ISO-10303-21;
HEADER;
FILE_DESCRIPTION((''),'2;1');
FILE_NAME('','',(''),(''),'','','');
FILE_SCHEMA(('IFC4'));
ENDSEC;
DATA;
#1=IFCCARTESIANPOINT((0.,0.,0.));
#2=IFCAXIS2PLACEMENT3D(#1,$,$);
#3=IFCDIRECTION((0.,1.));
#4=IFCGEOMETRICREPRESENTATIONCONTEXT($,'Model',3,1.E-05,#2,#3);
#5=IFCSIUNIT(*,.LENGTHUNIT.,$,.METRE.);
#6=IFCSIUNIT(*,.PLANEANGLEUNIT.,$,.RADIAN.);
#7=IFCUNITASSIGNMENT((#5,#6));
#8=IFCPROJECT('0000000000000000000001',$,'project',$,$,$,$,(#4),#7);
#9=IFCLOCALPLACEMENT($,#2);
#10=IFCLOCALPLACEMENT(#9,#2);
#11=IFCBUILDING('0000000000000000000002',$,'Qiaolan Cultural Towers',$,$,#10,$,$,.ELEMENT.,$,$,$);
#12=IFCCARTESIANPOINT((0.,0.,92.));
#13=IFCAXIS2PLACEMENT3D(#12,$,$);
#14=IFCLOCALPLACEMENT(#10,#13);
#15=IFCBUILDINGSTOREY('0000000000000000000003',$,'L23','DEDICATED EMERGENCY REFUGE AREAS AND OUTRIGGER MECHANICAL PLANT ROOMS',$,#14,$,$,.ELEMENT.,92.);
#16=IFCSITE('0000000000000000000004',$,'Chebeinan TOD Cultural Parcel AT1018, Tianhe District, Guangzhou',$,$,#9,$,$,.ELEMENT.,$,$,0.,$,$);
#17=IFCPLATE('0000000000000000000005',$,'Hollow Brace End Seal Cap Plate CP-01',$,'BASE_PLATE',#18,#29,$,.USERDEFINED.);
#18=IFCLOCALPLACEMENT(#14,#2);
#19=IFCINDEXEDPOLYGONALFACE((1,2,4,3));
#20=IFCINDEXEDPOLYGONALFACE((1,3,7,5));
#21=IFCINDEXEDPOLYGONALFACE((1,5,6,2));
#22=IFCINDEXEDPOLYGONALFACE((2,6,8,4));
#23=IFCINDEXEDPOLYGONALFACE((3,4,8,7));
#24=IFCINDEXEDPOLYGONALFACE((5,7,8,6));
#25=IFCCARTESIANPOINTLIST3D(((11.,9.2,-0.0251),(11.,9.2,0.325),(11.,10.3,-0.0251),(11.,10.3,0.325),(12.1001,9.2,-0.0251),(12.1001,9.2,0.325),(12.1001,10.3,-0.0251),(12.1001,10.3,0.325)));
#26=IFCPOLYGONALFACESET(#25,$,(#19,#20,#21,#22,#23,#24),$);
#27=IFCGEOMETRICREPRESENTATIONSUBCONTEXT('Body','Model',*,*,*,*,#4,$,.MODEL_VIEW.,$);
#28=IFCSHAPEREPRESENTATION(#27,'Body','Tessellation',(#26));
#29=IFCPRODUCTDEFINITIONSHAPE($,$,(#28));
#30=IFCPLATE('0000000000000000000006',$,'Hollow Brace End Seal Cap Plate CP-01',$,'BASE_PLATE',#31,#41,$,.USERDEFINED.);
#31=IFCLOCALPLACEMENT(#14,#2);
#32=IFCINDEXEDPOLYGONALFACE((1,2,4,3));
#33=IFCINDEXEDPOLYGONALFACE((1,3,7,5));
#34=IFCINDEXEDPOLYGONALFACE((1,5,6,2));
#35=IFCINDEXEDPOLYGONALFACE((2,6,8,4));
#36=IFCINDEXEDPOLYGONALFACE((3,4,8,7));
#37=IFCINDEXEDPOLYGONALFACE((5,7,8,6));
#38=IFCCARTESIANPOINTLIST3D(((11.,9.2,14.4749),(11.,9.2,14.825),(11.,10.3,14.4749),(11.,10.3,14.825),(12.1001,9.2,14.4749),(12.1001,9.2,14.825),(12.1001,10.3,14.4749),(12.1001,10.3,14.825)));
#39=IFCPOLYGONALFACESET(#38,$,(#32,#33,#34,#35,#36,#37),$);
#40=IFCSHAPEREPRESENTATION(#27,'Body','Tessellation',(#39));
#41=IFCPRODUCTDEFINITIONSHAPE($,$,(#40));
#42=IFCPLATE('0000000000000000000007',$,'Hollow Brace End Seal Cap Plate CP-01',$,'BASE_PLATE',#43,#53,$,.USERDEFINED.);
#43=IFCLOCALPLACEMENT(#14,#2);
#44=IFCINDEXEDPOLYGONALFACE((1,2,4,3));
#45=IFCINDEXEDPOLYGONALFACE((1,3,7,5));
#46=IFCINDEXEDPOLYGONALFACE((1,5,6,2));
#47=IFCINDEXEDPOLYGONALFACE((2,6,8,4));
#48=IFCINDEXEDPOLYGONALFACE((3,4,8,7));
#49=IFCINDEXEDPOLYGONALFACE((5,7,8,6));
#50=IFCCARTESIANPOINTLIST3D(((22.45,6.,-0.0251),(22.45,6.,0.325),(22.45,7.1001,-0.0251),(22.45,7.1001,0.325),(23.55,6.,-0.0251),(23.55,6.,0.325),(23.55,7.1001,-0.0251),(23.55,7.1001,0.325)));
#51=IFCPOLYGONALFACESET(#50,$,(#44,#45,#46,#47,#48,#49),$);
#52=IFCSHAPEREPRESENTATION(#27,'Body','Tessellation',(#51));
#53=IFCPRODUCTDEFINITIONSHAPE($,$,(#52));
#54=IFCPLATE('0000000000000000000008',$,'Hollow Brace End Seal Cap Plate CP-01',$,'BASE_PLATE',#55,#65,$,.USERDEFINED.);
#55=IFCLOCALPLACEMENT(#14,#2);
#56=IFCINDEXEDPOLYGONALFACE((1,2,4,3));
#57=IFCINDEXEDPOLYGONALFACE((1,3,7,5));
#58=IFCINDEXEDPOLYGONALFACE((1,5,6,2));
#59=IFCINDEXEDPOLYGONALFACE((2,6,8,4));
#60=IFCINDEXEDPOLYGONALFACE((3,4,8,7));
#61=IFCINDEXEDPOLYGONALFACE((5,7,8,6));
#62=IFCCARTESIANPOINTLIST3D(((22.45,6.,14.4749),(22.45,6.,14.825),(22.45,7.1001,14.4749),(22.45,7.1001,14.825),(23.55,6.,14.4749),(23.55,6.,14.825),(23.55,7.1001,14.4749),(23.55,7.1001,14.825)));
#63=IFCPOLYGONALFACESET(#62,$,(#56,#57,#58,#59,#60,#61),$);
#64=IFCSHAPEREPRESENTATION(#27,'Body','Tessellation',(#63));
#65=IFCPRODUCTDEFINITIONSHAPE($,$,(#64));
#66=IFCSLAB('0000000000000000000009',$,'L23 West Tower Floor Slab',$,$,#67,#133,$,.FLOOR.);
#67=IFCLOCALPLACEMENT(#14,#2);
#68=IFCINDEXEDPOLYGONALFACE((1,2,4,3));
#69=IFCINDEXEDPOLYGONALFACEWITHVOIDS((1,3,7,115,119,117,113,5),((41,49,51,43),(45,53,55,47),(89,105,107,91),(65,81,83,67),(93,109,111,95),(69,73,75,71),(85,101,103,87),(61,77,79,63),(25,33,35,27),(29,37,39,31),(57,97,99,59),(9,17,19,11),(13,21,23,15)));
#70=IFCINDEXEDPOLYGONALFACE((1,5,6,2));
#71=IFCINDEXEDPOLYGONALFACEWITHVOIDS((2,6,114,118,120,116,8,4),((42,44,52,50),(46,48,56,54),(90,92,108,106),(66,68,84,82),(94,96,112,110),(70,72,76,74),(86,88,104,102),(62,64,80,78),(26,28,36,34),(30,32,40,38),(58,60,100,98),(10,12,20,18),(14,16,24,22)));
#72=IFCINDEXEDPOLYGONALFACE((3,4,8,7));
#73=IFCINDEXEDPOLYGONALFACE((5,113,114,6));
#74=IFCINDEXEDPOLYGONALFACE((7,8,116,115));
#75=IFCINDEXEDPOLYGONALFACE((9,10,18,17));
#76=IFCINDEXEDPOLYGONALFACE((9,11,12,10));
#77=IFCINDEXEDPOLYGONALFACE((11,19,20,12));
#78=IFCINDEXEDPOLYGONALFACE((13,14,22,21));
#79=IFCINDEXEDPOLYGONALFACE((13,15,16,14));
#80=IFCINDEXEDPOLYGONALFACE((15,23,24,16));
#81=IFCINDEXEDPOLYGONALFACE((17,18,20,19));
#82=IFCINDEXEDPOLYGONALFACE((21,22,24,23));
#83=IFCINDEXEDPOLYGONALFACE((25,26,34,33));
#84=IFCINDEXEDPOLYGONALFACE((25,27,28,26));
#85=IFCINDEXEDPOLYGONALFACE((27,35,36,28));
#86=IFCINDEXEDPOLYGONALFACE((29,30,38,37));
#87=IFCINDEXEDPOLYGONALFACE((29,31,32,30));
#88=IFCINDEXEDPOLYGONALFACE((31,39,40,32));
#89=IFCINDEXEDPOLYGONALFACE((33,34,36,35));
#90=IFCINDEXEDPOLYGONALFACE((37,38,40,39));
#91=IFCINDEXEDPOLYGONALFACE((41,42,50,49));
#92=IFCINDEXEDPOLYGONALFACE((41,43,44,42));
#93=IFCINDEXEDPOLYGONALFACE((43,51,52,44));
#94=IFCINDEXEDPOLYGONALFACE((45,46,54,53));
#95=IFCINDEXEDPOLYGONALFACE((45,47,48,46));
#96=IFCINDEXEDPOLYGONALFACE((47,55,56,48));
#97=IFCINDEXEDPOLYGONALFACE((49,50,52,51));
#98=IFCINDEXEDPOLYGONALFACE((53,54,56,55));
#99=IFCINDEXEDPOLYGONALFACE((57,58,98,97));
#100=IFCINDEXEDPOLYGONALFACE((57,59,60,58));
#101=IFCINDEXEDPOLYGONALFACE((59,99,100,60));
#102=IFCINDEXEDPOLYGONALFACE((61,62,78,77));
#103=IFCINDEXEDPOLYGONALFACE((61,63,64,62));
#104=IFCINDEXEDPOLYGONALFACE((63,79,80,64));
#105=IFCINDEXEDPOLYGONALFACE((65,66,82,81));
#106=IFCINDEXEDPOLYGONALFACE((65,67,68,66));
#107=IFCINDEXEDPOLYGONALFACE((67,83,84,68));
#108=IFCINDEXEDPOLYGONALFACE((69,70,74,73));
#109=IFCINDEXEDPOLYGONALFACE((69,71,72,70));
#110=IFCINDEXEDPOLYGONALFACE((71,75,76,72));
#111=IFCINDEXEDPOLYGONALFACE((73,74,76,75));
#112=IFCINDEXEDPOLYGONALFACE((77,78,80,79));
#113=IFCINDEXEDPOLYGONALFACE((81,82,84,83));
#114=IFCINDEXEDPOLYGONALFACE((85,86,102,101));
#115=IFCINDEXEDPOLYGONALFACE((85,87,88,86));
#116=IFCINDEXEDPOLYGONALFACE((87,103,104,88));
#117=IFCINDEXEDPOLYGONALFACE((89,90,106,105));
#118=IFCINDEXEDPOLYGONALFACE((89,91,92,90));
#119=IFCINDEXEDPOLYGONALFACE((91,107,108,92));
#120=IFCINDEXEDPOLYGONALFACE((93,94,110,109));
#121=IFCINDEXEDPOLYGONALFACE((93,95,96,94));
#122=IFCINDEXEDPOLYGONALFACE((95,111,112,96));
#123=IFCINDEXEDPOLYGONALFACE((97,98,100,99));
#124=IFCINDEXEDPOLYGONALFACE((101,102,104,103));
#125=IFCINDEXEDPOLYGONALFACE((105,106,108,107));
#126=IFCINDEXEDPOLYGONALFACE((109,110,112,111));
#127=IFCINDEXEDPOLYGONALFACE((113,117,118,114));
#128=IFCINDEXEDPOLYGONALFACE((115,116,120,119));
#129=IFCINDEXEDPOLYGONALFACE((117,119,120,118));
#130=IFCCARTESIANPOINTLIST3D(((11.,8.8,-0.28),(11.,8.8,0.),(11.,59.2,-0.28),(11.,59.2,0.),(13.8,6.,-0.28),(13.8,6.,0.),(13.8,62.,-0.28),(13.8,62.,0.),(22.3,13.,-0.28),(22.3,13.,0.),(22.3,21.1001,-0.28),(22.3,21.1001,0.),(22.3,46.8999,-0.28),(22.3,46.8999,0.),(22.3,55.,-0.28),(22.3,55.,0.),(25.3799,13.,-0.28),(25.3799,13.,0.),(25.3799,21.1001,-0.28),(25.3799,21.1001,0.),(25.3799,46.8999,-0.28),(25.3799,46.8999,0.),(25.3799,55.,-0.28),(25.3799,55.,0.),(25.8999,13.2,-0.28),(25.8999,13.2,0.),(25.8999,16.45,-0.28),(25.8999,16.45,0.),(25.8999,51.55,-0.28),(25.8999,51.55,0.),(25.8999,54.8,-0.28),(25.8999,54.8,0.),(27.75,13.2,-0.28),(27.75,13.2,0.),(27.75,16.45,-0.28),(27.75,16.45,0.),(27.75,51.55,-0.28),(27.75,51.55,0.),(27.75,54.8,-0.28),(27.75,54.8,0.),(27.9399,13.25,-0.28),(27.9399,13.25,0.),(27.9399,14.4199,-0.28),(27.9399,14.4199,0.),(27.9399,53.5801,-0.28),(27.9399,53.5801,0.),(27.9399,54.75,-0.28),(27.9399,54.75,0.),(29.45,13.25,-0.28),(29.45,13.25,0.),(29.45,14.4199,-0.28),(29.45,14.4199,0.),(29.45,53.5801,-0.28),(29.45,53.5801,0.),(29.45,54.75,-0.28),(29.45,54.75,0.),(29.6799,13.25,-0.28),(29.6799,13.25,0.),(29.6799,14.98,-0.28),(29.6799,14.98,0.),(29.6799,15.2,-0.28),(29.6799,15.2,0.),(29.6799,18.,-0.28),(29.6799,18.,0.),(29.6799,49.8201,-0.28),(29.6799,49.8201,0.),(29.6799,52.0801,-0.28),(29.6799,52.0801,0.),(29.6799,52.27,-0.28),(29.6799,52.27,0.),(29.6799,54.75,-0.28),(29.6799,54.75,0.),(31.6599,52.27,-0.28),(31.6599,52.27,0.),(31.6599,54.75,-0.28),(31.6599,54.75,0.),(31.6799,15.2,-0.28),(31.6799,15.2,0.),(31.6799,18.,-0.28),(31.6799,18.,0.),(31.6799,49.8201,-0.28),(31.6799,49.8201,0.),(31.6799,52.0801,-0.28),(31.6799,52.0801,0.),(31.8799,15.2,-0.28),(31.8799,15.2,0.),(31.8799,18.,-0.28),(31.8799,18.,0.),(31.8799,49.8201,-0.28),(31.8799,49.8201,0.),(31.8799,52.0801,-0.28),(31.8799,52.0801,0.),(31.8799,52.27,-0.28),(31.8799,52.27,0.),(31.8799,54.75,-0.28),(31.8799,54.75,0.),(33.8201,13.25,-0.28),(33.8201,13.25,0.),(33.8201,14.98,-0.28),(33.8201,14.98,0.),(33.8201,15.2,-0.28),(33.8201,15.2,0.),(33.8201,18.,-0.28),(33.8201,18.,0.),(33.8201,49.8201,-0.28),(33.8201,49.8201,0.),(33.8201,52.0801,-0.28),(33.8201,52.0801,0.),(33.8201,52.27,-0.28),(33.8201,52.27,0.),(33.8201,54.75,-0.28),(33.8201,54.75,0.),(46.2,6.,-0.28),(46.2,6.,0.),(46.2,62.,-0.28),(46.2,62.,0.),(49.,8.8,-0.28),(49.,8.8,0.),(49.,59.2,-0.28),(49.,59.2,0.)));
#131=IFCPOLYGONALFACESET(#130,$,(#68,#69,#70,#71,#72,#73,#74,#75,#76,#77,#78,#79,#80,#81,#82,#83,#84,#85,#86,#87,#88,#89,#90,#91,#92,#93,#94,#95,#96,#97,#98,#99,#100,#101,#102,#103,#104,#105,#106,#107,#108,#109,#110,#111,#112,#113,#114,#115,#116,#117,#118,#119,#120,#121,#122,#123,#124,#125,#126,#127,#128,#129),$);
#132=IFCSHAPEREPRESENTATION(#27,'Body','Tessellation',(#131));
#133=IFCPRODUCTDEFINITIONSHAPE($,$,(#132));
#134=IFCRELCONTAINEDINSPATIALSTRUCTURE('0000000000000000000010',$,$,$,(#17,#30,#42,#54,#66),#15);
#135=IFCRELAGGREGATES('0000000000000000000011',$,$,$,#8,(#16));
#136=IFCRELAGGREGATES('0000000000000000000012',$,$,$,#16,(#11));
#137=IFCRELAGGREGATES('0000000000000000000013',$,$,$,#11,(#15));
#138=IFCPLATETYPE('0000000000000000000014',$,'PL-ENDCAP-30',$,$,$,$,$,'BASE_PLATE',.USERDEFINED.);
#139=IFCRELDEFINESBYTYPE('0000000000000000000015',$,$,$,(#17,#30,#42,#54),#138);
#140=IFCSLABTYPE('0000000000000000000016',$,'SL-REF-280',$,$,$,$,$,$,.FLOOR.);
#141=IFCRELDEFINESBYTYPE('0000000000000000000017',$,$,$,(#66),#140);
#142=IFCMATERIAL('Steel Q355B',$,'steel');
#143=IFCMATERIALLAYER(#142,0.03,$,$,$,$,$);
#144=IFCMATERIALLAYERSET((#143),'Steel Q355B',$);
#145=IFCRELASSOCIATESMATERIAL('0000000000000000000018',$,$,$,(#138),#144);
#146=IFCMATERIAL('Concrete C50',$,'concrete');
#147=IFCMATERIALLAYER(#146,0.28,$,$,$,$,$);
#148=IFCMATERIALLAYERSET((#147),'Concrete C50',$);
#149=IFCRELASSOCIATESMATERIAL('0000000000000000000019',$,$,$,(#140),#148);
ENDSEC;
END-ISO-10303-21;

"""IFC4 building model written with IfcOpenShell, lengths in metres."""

from ifc_helpers import new_model, si_unit, direction, frame, origin, origin_2d, place, context, subcontext, project, spatial, polyline, rectangle, outline, extrude, material, layer, layer_set, type_object, element, save


model = new_model("IFC4")

# Units and contexts
model_context = context("Model", 3, precision=1e-05, world=origin(), true_north=direction((0.0, 1.0)))
body_context = subcontext(model_context, "Body", "Model", "MODEL_VIEW")
ifc_project = project(units=[si_unit("LENGTHUNIT", "METRE"), si_unit("PLANEANGLEUNIT", "RADIAN")], contexts=[model_context])

# Site, building, storey
site_placement = place(None, origin())
site = spatial("IfcSite", under=ifc_project, at=site_placement, Name="Chebeinan TOD Cultural Parcel AT1018, Tianhe District, Guangzhou", CompositionType="ELEMENT", RefElevation=0.0)
building_placement = place(site_placement, origin())
building = spatial("IfcBuilding", under=site, at=building_placement, Name="Qiaolan Cultural Towers", CompositionType="ELEMENT")
storey_placement = place(building_placement, frame((0.0, 0.0, 92.0)))
storey = spatial("IfcBuildingStorey", under=building, at=storey_placement, Name="L23", Description="DEDICATED EMERGENCY REFUGE AREAS AND OUTRIGGER MECHANICAL PLANT ROOMS", CompositionType="ELEMENT", Elevation=92.0)

# Plates
ifc_material_1 = material(Name="Steel Q355B", Category="steel")
ifc_layer_1 = layer(ifc_material_1, 0.03)
ifc_layer_set_1 = layer_set([ifc_layer_1], Name="Steel Q355B")
plate_type_1 = type_object("IfcPlateType", Name="PL-ENDCAP-30", ElementType="BASE_PLATE", PredefinedType="USERDEFINED", material=ifc_layer_set_1)
for number, where, z_axis, x_axis, name in (
    (1, (11.55, 9.75, -0.0251), (0.0, 0.0, 1.0), (0.0, 1.0, 0.0), "Hollow Brace End Seal Cap Plate CP-01"),
    (2, (11.55, 9.75, 14.4749), (0.0, 0.0, 1.0), (0.0, 1.0, 0.0), "Hollow Brace End Seal Cap Plate CP-01"),
    (3, (23.0, 6.55, -0.0251), (0.0, 0.0, 1.0), (1.0, 0.0, 0.0), "Hollow Brace End Seal Cap Plate CP-01"),
    (4, (23.0, 6.55, 14.4749), (0.0, 0.0, 1.0), (1.0, 0.0, 0.0), "Hollow Brace End Seal Cap Plate CP-01"),
):
    element("IfcPlate", number, at=place(storey_placement, frame(where, z_axis=z_axis, x_axis=x_axis)), inside=storey, type_object=plate_type_1, Name=name, ObjectType="BASE_PLATE", PredefinedType="USERDEFINED", context=body_context, shape_type="SweptSolid", body=[
        extrude(rectangle(XDim=1.1001, YDim=1.1001, at=origin_2d()), origin(), (0.0, 0.0, 1.0), 0.3501),
    ])

# Slab
ifc_material_2 = material(Name="Concrete C50", Category="concrete")
ifc_layer_2 = layer(ifc_material_2, 0.28)
ifc_layer_set_2 = layer_set([ifc_layer_2], Name="Concrete C50")
slab_type_1 = type_object("IfcSlabType", Name="SL-REF-280", PredefinedType="FLOOR", material=ifc_layer_set_2)
slab_1_placement = place(storey_placement, frame((0.0, 0.0, -0.28)))
element("IfcSlab", 5, at=slab_1_placement, inside=storey, type_object=slab_type_1, Name="L23 West Tower Floor Slab", PredefinedType="FLOOR", context=body_context, shape_type="SweptSolid", body=[
    extrude(outline(polyline([(13.8, 6.0), (46.2, 6.0), (49.0, 8.8), (49.0, 59.2), (46.2, 62.0), (13.8, 62.0), (11.0, 59.2), (11.0, 8.8), (13.8, 6.0)]), holes=[polyline([(22.3, 21.1001), (22.3, 13.0), (25.3799, 13.0), (25.3799, 21.1001), (22.3, 21.1001)]), polyline([(25.3799, 46.8999), (25.3799, 55.0), (22.3, 55.0), (22.3, 46.8999), (25.3799, 46.8999)]), polyline([(25.8999, 13.2), (27.75, 13.2), (27.75, 16.45), (25.8999, 16.45), (25.8999, 13.2)]), polyline([(27.9399, 13.25), (29.45, 13.25), (29.45, 14.4199), (27.9399, 14.4199), (27.9399, 13.25)]), polyline([(29.6799, 15.2), (31.6799, 15.2), (31.6799, 18.0), (29.6799, 18.0), (29.6799, 15.2)]), polyline([(31.8799, 15.2), (33.8201, 15.2), (33.8201, 18.0), (31.8799, 18.0), (31.8799, 15.2)]), polyline([(29.6799, 13.25), (33.8201, 13.25), (33.8201, 14.98), (29.6799, 14.98), (29.6799, 13.25)]), polyline([(25.8999, 51.55), (27.75, 51.55), (27.75, 54.8), (25.8999, 54.8), (25.8999, 51.55)]), polyline([(27.9399, 53.5801), (29.45, 53.5801), (29.45, 54.75), (27.9399, 54.75), (27.9399, 53.5801)]), polyline([(29.6799, 49.8201), (31.6799, 49.8201), (31.6799, 52.0801), (29.6799, 52.0801), (29.6799, 49.8201)]), polyline([(31.8799, 49.8201), (33.8201, 49.8201), (33.8201, 52.0801), (31.8799, 52.0801), (31.8799, 49.8201)]), polyline([(29.6799, 52.27), (31.6599, 52.27), (31.6599, 54.75), (29.6799, 54.75), (29.6799, 52.27)]), polyline([(31.8799, 52.27), (33.8201, 52.27), (33.8201, 54.75), (31.8799, 54.75), (31.8799, 52.27)])]), origin(), (0.0, 0.0, 1.0), 0.28),
])

save(model, "model.ifc")
